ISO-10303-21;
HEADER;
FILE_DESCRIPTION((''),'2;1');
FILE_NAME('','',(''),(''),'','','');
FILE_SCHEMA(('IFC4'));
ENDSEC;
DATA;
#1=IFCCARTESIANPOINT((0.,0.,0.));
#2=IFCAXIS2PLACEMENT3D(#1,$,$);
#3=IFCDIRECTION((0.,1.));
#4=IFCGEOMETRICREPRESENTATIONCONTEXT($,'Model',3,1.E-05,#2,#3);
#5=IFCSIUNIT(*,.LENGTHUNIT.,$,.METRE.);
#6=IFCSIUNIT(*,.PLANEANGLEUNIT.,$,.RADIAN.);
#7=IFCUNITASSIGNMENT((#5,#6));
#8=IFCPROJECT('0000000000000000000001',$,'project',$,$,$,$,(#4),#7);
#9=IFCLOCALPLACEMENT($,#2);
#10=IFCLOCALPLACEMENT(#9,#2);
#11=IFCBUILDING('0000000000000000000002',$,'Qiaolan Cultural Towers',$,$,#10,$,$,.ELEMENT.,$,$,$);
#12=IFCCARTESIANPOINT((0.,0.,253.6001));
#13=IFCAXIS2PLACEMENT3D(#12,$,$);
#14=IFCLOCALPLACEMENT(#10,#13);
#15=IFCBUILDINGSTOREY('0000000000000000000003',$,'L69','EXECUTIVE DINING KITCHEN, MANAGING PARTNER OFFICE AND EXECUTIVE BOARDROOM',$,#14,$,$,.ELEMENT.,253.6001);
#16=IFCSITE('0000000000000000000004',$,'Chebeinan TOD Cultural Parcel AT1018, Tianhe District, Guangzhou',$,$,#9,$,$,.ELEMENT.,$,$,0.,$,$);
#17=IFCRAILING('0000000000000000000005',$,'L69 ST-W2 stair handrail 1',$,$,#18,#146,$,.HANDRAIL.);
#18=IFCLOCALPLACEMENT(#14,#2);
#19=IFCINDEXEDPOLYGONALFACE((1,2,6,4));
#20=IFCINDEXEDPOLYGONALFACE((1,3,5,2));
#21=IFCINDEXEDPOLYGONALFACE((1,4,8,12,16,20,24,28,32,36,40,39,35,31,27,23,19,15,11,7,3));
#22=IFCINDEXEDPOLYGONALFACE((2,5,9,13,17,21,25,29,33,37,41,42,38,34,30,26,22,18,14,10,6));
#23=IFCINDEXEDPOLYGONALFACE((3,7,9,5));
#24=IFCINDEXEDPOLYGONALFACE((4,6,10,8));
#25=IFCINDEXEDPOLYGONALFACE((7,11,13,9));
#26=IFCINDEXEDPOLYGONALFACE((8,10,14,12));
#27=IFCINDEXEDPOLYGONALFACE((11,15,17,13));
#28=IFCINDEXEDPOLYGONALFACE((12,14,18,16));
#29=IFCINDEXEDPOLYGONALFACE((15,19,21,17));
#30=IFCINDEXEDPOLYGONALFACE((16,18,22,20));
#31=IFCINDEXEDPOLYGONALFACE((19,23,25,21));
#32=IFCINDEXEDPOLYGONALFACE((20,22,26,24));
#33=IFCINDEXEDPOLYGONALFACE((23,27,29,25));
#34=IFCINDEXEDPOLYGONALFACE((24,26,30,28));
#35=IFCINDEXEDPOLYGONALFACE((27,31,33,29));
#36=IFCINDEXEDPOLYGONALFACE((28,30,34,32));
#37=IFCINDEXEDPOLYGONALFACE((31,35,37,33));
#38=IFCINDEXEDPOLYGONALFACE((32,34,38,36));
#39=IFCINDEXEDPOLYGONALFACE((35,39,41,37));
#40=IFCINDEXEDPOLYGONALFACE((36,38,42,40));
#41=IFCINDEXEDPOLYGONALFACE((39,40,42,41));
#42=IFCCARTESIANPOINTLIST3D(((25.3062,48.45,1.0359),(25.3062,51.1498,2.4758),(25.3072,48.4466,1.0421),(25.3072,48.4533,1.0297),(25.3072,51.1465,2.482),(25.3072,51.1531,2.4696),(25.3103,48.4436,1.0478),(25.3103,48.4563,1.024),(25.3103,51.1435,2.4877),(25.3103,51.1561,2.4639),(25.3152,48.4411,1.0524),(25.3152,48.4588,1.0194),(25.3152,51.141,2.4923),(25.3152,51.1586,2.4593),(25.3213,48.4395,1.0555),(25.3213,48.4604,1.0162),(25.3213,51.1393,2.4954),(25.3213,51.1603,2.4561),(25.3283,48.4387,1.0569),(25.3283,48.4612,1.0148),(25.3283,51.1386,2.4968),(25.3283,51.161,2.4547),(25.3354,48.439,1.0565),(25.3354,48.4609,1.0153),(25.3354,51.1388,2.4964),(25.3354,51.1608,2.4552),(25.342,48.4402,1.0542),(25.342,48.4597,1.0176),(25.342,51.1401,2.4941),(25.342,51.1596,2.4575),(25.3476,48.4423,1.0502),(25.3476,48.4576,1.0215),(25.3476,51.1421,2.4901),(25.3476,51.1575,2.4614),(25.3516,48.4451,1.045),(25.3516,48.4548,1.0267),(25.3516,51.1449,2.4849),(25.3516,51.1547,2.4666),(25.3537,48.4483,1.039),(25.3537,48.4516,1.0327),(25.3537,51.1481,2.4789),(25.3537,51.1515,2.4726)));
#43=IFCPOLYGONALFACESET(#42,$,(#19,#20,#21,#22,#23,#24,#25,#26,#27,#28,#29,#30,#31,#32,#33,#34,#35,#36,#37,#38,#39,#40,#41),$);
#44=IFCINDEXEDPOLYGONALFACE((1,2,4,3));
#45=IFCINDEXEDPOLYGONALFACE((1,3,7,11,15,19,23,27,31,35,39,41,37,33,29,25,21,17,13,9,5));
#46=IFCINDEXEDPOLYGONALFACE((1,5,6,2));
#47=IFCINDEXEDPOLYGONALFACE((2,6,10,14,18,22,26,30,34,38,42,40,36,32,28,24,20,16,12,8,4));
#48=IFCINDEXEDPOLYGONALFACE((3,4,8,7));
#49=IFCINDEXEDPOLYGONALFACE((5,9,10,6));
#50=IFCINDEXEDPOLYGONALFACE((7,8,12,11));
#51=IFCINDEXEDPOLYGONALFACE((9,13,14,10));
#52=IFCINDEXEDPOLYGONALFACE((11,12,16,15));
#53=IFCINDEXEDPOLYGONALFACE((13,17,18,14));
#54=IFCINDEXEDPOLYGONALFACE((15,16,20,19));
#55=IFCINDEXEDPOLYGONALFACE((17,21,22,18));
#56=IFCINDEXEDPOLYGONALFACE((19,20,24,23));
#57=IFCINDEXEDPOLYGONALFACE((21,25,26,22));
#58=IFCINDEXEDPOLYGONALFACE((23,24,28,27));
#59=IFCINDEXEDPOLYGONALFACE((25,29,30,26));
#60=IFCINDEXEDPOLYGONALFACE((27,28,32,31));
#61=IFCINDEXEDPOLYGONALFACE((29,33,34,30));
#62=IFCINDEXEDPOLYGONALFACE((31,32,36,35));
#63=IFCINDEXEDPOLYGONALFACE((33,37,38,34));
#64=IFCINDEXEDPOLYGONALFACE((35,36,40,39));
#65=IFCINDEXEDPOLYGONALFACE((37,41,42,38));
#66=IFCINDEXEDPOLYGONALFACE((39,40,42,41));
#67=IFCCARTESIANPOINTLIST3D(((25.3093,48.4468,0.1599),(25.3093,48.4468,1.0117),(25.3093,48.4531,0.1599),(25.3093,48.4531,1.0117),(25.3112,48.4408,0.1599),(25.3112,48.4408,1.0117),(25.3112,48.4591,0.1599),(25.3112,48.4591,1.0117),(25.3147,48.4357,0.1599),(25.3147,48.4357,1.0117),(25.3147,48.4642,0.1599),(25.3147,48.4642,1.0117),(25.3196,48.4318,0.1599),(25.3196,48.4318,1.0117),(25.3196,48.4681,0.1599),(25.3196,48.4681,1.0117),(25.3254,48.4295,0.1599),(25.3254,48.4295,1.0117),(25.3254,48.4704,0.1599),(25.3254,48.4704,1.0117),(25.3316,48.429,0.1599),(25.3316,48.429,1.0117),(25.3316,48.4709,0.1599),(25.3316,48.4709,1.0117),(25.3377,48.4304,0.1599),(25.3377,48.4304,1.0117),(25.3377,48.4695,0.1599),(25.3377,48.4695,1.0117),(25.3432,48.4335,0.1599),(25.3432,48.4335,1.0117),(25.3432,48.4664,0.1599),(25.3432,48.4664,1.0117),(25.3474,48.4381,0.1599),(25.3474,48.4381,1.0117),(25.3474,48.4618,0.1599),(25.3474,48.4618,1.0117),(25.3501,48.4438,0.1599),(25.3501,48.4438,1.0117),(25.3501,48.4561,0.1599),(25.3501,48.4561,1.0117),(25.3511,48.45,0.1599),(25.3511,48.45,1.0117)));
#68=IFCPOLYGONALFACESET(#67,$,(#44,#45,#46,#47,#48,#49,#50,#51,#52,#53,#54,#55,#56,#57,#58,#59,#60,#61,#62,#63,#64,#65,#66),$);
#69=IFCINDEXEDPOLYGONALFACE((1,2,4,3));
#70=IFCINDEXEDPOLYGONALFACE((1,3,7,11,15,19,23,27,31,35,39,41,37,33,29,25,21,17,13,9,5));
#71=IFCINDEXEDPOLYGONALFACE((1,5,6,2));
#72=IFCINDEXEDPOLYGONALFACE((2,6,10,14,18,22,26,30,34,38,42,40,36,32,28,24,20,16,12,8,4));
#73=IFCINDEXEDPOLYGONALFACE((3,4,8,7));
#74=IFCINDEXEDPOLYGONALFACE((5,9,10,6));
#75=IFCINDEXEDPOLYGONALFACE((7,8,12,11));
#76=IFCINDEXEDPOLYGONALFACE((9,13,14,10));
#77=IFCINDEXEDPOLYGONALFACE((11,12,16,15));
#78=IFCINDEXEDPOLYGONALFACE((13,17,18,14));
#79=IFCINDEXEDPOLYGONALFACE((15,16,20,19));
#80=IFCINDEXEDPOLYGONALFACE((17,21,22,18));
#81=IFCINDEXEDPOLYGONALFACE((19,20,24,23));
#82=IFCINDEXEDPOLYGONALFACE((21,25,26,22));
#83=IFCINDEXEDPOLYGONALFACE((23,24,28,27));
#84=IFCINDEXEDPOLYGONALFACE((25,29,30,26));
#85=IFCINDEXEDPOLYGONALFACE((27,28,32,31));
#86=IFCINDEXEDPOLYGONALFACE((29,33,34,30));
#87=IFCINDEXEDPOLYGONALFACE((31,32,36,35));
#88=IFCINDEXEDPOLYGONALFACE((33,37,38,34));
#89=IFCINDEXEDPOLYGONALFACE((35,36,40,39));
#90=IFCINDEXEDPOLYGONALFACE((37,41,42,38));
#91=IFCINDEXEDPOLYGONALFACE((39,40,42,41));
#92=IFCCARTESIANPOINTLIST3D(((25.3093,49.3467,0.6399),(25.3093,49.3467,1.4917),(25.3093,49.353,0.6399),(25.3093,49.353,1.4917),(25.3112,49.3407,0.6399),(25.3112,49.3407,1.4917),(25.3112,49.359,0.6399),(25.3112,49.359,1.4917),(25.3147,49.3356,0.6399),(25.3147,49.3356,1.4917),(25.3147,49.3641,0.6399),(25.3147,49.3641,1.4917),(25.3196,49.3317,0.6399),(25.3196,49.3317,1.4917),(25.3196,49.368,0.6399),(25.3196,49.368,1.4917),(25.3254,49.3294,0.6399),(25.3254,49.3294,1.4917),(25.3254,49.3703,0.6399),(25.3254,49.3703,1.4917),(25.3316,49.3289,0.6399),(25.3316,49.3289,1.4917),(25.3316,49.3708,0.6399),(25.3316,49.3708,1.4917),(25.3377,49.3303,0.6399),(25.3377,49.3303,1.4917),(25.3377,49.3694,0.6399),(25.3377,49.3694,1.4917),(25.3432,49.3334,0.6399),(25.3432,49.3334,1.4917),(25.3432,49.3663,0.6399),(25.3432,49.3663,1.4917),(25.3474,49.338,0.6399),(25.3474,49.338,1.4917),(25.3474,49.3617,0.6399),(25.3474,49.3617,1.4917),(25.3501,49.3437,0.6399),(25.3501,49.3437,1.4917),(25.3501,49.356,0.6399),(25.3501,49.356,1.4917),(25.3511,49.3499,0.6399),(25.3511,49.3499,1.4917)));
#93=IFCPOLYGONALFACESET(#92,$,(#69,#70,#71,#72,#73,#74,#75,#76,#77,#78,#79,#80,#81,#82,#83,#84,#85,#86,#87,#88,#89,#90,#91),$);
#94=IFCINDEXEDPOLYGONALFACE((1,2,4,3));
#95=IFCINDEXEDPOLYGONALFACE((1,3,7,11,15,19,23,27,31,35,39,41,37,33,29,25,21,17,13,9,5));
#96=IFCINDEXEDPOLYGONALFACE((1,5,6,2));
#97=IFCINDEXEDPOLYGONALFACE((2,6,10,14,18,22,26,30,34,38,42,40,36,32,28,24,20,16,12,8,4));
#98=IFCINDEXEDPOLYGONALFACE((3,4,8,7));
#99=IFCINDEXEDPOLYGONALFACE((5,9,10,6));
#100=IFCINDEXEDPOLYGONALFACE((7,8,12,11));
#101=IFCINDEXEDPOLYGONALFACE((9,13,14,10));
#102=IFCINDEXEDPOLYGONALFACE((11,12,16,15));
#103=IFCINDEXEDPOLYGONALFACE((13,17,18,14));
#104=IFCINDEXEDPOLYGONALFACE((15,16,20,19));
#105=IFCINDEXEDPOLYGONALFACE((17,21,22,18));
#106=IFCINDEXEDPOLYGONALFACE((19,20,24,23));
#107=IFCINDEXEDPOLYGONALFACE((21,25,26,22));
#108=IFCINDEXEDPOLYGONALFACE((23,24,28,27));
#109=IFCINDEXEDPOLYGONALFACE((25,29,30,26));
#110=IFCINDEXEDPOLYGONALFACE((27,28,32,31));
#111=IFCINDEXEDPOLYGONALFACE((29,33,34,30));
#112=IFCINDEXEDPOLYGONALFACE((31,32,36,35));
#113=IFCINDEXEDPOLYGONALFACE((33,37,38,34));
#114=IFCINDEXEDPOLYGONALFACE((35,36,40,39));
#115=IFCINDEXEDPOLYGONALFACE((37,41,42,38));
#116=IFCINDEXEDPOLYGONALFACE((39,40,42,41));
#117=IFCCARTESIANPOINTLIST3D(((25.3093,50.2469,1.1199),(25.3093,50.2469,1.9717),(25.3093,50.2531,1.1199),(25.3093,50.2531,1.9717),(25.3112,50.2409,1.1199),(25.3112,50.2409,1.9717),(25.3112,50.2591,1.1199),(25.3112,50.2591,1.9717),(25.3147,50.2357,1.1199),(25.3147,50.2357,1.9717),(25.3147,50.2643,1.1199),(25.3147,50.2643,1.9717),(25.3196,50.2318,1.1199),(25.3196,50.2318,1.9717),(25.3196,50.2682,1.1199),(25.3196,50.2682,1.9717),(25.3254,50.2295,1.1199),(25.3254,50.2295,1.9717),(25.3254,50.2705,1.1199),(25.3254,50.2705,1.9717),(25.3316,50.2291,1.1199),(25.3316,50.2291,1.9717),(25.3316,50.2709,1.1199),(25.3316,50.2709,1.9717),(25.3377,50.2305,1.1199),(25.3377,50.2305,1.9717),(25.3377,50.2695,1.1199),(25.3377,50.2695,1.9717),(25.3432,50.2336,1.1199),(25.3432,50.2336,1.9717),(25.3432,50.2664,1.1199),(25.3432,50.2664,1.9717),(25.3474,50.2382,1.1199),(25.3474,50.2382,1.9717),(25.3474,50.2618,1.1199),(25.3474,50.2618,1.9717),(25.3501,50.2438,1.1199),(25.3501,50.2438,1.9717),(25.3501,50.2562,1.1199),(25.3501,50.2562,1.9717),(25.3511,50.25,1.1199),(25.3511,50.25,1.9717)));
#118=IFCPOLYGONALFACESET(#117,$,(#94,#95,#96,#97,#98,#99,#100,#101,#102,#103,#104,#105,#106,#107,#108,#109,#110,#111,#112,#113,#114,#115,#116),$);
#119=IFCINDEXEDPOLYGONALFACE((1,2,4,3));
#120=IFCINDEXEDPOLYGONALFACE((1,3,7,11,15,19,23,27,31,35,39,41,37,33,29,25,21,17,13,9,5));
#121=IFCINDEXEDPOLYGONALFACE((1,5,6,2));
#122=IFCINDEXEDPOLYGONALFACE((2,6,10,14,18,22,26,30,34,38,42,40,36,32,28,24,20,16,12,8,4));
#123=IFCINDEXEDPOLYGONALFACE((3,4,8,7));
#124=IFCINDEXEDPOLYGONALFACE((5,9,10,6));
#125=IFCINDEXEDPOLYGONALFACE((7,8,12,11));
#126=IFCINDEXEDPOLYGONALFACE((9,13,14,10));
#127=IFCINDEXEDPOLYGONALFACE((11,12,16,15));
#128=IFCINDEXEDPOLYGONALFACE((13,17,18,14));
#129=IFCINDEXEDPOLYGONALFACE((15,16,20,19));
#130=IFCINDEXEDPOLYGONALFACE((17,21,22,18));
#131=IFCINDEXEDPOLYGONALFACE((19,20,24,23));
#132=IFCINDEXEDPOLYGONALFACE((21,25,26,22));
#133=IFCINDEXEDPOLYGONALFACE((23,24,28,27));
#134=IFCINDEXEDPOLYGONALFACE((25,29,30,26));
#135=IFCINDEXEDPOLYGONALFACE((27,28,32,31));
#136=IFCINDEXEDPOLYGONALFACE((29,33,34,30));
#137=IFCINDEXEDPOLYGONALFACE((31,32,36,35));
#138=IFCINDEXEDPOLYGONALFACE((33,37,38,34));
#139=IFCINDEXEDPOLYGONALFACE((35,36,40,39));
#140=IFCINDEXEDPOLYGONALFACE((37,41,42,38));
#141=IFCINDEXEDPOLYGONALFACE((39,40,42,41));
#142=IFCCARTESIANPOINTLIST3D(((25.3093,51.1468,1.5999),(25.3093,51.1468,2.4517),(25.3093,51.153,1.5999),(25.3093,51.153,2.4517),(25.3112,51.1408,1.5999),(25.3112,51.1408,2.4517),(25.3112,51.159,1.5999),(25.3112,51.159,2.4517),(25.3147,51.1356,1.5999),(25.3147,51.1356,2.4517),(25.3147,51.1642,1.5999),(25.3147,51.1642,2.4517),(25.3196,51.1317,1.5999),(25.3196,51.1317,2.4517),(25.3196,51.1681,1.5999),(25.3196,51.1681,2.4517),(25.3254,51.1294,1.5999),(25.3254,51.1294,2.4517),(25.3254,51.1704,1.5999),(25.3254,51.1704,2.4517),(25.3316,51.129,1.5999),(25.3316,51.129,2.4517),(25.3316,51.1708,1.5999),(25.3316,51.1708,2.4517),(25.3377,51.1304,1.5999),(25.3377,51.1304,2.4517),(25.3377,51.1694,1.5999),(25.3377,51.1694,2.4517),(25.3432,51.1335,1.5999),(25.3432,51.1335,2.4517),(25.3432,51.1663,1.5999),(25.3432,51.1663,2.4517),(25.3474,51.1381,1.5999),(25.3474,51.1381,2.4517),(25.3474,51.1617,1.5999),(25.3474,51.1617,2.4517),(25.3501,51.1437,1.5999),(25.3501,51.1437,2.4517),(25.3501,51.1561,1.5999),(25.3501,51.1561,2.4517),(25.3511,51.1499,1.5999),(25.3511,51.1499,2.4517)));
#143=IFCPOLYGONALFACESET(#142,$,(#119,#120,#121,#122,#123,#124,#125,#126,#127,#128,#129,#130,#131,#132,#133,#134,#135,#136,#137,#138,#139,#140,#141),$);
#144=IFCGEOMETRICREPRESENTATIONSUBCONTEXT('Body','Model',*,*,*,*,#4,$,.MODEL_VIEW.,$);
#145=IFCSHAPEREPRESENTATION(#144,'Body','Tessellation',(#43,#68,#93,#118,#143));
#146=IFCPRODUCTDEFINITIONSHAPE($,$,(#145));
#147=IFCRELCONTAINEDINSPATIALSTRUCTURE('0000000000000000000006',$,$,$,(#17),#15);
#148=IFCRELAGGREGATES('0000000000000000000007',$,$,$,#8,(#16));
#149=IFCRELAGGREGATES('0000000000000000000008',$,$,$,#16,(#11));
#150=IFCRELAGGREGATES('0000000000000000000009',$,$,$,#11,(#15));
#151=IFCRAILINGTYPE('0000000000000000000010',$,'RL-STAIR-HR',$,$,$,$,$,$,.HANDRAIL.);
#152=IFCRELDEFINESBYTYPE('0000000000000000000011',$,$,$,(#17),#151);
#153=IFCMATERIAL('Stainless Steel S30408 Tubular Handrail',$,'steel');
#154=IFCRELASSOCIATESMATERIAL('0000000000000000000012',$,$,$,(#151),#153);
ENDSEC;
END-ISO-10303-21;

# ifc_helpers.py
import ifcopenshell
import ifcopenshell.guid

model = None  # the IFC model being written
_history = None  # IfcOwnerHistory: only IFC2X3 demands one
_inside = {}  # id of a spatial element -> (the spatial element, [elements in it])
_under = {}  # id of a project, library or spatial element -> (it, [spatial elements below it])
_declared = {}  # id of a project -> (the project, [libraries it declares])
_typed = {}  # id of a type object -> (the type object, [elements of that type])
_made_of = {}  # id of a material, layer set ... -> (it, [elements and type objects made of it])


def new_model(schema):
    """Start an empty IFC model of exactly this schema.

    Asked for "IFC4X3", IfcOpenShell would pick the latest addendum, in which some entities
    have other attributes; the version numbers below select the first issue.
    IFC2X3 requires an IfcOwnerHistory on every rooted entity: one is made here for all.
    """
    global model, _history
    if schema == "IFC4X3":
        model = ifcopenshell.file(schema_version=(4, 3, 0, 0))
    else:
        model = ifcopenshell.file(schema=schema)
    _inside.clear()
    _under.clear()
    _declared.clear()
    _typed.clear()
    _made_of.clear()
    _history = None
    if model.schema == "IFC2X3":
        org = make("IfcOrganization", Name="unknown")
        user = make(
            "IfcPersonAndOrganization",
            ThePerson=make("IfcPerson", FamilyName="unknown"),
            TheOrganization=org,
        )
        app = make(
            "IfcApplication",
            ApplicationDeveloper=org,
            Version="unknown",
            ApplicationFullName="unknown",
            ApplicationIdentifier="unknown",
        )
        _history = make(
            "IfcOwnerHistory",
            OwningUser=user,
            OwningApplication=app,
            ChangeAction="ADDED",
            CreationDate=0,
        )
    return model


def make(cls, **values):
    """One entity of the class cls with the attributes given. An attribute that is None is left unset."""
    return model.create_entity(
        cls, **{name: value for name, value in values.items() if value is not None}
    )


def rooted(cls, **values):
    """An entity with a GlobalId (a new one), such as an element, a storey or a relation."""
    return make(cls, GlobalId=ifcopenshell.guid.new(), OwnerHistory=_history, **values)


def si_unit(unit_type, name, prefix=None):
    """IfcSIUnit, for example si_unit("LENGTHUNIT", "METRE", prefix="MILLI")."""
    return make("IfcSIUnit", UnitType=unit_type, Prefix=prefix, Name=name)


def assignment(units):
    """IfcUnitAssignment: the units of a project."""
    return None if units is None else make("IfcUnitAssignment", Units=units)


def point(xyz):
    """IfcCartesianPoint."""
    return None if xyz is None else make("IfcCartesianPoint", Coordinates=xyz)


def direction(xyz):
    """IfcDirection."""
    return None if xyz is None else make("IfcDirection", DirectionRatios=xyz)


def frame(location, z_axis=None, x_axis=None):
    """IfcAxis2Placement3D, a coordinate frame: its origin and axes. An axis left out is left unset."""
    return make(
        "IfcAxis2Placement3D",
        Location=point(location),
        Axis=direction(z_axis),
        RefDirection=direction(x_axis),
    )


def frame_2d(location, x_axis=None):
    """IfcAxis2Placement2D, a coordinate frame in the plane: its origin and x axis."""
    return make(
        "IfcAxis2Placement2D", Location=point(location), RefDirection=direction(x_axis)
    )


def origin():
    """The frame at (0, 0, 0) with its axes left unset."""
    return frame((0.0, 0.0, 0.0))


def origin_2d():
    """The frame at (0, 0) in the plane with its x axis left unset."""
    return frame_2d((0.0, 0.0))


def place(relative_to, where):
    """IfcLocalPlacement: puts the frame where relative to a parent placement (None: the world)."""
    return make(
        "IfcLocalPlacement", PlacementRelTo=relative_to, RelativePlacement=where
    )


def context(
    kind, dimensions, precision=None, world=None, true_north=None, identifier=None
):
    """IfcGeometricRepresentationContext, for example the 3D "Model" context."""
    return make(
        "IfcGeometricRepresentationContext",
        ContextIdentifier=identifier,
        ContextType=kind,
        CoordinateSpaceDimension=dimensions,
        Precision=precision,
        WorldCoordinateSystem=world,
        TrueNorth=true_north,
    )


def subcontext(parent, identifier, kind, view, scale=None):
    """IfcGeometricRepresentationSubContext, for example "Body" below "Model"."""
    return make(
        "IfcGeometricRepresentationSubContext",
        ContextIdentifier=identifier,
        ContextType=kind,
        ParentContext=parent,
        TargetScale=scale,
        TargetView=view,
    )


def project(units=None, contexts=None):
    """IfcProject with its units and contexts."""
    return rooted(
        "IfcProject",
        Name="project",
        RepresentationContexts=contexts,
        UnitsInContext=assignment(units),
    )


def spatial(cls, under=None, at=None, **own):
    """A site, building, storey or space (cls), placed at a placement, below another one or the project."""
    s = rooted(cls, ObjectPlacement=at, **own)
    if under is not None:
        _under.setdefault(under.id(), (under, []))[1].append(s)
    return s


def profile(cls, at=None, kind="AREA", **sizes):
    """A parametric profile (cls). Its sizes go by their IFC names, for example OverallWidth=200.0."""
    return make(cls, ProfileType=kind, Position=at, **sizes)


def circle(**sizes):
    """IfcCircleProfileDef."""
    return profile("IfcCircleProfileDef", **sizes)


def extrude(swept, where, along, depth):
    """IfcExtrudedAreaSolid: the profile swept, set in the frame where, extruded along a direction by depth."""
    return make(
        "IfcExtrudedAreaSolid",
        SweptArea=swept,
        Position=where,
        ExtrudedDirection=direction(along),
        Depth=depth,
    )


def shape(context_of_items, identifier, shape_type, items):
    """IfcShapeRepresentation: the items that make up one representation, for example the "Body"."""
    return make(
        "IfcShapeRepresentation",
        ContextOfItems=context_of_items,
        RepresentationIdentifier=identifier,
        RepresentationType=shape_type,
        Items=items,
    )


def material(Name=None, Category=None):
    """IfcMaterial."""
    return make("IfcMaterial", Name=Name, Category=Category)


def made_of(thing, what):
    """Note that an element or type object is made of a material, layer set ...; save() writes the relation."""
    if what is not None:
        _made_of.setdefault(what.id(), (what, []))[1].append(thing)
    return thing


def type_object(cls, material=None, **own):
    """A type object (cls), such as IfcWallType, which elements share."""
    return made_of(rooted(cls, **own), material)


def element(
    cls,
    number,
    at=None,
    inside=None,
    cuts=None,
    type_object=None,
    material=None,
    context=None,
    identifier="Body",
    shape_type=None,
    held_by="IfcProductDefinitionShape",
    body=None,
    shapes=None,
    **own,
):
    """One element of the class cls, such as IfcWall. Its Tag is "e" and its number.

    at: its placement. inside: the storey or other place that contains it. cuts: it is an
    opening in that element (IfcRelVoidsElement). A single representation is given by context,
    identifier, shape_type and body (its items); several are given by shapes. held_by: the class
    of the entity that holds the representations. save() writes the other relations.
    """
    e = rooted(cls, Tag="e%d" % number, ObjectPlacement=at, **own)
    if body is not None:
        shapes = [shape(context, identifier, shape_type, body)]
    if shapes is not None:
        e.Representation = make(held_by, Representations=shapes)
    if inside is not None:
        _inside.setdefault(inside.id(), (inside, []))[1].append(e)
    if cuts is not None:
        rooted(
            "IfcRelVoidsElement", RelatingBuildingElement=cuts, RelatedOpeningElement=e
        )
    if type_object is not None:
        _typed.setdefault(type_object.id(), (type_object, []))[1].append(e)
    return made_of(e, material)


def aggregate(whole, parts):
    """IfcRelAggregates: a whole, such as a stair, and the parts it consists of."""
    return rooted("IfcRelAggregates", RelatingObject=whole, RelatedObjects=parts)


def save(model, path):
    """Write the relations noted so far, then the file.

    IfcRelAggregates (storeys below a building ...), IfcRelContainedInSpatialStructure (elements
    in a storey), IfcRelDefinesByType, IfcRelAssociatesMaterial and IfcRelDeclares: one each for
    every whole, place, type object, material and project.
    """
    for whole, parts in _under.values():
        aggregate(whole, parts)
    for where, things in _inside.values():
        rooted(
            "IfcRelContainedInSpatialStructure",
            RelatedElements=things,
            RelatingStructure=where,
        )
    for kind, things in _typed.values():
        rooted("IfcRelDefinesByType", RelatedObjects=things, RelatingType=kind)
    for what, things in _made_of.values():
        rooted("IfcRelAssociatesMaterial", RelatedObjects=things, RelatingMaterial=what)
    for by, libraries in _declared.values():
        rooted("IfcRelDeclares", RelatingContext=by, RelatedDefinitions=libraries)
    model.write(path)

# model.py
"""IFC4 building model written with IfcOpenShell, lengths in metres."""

from ifc_helpers import new_model, si_unit, direction, frame, origin, origin_2d, place, context, subcontext, project, spatial, circle, extrude, material, type_object, element, save


model = new_model("IFC4")

# Units and contexts
model_context = context("Model", 3, precision=1e-05, world=origin(), true_north=direction((0.0, 1.0)))
body_context = subcontext(model_context, "Body", "Model", "MODEL_VIEW")
ifc_project = project(units=[si_unit("LENGTHUNIT", "METRE"), si_unit("PLANEANGLEUNIT", "RADIAN")], contexts=[model_context])

# Site, building, storey
site_placement = place(None, origin())
site = spatial("IfcSite", under=ifc_project, at=site_placement, Name="Chebeinan TOD Cultural Parcel AT1018, Tianhe District, Guangzhou", CompositionType="ELEMENT", RefElevation=0.0)
building_placement = place(site_placement, origin())
building = spatial("IfcBuilding", under=site, at=building_placement, Name="Qiaolan Cultural Towers", CompositionType="ELEMENT")
storey_placement = place(building_placement, frame((0.0, 0.0, 253.6001)))
storey = spatial("IfcBuildingStorey", under=building, at=storey_placement, Name="L69", Description="EXECUTIVE DINING KITCHEN, MANAGING PARTNER OFFICE AND EXECUTIVE BOARDROOM", CompositionType="ELEMENT", Elevation=253.6001)

# Railing
ifc_material_1 = material(Name="Stainless Steel S30408 Tubular Handrail", Category="steel")
railing_type_1 = type_object("IfcRailingType", Name="RL-STAIR-HR", PredefinedType="HANDRAIL", material=ifc_material_1)
railing_1_placement = place(storey_placement, frame((25.3301, 48.45, 0.1599)))
element("IfcRailing", 1, at=railing_1_placement, inside=storey, type_object=railing_type_1, Name="L69 ST-W2 stair handrail 1", PredefinedType="HANDRAIL", context=body_context, shape_type="SweptSolid", body=[
    extrude(circle(Radius=0.0239, at=origin_2d()), frame((0.0, 0.0, 0.876), z_axis=(0.0, 0.882357, 0.47058), x_axis=(-1.0, 0.0, 0.0)), (0.0, 0.0, 1.0), 3.0598),
    extrude(circle(Radius=0.021, at=origin_2d()), origin(), (0.0, 0.0, 1.0), 0.8518),
    extrude(circle(Radius=0.021, at=origin_2d()), frame((0.0, 0.8999, 0.48)), (0.0, 0.0, 1.0), 0.8518),
    extrude(circle(Radius=0.021, at=origin_2d()), frame((0.0, 1.8, 0.96)), (0.0, 0.0, 1.0), 0.8518),
    extrude(circle(Radius=0.021, at=origin_2d()), frame((0.0, 2.7, 1.4399)), (0.0, 0.0, 1.0), 0.8518),
])

save(model, "model.ifc")
